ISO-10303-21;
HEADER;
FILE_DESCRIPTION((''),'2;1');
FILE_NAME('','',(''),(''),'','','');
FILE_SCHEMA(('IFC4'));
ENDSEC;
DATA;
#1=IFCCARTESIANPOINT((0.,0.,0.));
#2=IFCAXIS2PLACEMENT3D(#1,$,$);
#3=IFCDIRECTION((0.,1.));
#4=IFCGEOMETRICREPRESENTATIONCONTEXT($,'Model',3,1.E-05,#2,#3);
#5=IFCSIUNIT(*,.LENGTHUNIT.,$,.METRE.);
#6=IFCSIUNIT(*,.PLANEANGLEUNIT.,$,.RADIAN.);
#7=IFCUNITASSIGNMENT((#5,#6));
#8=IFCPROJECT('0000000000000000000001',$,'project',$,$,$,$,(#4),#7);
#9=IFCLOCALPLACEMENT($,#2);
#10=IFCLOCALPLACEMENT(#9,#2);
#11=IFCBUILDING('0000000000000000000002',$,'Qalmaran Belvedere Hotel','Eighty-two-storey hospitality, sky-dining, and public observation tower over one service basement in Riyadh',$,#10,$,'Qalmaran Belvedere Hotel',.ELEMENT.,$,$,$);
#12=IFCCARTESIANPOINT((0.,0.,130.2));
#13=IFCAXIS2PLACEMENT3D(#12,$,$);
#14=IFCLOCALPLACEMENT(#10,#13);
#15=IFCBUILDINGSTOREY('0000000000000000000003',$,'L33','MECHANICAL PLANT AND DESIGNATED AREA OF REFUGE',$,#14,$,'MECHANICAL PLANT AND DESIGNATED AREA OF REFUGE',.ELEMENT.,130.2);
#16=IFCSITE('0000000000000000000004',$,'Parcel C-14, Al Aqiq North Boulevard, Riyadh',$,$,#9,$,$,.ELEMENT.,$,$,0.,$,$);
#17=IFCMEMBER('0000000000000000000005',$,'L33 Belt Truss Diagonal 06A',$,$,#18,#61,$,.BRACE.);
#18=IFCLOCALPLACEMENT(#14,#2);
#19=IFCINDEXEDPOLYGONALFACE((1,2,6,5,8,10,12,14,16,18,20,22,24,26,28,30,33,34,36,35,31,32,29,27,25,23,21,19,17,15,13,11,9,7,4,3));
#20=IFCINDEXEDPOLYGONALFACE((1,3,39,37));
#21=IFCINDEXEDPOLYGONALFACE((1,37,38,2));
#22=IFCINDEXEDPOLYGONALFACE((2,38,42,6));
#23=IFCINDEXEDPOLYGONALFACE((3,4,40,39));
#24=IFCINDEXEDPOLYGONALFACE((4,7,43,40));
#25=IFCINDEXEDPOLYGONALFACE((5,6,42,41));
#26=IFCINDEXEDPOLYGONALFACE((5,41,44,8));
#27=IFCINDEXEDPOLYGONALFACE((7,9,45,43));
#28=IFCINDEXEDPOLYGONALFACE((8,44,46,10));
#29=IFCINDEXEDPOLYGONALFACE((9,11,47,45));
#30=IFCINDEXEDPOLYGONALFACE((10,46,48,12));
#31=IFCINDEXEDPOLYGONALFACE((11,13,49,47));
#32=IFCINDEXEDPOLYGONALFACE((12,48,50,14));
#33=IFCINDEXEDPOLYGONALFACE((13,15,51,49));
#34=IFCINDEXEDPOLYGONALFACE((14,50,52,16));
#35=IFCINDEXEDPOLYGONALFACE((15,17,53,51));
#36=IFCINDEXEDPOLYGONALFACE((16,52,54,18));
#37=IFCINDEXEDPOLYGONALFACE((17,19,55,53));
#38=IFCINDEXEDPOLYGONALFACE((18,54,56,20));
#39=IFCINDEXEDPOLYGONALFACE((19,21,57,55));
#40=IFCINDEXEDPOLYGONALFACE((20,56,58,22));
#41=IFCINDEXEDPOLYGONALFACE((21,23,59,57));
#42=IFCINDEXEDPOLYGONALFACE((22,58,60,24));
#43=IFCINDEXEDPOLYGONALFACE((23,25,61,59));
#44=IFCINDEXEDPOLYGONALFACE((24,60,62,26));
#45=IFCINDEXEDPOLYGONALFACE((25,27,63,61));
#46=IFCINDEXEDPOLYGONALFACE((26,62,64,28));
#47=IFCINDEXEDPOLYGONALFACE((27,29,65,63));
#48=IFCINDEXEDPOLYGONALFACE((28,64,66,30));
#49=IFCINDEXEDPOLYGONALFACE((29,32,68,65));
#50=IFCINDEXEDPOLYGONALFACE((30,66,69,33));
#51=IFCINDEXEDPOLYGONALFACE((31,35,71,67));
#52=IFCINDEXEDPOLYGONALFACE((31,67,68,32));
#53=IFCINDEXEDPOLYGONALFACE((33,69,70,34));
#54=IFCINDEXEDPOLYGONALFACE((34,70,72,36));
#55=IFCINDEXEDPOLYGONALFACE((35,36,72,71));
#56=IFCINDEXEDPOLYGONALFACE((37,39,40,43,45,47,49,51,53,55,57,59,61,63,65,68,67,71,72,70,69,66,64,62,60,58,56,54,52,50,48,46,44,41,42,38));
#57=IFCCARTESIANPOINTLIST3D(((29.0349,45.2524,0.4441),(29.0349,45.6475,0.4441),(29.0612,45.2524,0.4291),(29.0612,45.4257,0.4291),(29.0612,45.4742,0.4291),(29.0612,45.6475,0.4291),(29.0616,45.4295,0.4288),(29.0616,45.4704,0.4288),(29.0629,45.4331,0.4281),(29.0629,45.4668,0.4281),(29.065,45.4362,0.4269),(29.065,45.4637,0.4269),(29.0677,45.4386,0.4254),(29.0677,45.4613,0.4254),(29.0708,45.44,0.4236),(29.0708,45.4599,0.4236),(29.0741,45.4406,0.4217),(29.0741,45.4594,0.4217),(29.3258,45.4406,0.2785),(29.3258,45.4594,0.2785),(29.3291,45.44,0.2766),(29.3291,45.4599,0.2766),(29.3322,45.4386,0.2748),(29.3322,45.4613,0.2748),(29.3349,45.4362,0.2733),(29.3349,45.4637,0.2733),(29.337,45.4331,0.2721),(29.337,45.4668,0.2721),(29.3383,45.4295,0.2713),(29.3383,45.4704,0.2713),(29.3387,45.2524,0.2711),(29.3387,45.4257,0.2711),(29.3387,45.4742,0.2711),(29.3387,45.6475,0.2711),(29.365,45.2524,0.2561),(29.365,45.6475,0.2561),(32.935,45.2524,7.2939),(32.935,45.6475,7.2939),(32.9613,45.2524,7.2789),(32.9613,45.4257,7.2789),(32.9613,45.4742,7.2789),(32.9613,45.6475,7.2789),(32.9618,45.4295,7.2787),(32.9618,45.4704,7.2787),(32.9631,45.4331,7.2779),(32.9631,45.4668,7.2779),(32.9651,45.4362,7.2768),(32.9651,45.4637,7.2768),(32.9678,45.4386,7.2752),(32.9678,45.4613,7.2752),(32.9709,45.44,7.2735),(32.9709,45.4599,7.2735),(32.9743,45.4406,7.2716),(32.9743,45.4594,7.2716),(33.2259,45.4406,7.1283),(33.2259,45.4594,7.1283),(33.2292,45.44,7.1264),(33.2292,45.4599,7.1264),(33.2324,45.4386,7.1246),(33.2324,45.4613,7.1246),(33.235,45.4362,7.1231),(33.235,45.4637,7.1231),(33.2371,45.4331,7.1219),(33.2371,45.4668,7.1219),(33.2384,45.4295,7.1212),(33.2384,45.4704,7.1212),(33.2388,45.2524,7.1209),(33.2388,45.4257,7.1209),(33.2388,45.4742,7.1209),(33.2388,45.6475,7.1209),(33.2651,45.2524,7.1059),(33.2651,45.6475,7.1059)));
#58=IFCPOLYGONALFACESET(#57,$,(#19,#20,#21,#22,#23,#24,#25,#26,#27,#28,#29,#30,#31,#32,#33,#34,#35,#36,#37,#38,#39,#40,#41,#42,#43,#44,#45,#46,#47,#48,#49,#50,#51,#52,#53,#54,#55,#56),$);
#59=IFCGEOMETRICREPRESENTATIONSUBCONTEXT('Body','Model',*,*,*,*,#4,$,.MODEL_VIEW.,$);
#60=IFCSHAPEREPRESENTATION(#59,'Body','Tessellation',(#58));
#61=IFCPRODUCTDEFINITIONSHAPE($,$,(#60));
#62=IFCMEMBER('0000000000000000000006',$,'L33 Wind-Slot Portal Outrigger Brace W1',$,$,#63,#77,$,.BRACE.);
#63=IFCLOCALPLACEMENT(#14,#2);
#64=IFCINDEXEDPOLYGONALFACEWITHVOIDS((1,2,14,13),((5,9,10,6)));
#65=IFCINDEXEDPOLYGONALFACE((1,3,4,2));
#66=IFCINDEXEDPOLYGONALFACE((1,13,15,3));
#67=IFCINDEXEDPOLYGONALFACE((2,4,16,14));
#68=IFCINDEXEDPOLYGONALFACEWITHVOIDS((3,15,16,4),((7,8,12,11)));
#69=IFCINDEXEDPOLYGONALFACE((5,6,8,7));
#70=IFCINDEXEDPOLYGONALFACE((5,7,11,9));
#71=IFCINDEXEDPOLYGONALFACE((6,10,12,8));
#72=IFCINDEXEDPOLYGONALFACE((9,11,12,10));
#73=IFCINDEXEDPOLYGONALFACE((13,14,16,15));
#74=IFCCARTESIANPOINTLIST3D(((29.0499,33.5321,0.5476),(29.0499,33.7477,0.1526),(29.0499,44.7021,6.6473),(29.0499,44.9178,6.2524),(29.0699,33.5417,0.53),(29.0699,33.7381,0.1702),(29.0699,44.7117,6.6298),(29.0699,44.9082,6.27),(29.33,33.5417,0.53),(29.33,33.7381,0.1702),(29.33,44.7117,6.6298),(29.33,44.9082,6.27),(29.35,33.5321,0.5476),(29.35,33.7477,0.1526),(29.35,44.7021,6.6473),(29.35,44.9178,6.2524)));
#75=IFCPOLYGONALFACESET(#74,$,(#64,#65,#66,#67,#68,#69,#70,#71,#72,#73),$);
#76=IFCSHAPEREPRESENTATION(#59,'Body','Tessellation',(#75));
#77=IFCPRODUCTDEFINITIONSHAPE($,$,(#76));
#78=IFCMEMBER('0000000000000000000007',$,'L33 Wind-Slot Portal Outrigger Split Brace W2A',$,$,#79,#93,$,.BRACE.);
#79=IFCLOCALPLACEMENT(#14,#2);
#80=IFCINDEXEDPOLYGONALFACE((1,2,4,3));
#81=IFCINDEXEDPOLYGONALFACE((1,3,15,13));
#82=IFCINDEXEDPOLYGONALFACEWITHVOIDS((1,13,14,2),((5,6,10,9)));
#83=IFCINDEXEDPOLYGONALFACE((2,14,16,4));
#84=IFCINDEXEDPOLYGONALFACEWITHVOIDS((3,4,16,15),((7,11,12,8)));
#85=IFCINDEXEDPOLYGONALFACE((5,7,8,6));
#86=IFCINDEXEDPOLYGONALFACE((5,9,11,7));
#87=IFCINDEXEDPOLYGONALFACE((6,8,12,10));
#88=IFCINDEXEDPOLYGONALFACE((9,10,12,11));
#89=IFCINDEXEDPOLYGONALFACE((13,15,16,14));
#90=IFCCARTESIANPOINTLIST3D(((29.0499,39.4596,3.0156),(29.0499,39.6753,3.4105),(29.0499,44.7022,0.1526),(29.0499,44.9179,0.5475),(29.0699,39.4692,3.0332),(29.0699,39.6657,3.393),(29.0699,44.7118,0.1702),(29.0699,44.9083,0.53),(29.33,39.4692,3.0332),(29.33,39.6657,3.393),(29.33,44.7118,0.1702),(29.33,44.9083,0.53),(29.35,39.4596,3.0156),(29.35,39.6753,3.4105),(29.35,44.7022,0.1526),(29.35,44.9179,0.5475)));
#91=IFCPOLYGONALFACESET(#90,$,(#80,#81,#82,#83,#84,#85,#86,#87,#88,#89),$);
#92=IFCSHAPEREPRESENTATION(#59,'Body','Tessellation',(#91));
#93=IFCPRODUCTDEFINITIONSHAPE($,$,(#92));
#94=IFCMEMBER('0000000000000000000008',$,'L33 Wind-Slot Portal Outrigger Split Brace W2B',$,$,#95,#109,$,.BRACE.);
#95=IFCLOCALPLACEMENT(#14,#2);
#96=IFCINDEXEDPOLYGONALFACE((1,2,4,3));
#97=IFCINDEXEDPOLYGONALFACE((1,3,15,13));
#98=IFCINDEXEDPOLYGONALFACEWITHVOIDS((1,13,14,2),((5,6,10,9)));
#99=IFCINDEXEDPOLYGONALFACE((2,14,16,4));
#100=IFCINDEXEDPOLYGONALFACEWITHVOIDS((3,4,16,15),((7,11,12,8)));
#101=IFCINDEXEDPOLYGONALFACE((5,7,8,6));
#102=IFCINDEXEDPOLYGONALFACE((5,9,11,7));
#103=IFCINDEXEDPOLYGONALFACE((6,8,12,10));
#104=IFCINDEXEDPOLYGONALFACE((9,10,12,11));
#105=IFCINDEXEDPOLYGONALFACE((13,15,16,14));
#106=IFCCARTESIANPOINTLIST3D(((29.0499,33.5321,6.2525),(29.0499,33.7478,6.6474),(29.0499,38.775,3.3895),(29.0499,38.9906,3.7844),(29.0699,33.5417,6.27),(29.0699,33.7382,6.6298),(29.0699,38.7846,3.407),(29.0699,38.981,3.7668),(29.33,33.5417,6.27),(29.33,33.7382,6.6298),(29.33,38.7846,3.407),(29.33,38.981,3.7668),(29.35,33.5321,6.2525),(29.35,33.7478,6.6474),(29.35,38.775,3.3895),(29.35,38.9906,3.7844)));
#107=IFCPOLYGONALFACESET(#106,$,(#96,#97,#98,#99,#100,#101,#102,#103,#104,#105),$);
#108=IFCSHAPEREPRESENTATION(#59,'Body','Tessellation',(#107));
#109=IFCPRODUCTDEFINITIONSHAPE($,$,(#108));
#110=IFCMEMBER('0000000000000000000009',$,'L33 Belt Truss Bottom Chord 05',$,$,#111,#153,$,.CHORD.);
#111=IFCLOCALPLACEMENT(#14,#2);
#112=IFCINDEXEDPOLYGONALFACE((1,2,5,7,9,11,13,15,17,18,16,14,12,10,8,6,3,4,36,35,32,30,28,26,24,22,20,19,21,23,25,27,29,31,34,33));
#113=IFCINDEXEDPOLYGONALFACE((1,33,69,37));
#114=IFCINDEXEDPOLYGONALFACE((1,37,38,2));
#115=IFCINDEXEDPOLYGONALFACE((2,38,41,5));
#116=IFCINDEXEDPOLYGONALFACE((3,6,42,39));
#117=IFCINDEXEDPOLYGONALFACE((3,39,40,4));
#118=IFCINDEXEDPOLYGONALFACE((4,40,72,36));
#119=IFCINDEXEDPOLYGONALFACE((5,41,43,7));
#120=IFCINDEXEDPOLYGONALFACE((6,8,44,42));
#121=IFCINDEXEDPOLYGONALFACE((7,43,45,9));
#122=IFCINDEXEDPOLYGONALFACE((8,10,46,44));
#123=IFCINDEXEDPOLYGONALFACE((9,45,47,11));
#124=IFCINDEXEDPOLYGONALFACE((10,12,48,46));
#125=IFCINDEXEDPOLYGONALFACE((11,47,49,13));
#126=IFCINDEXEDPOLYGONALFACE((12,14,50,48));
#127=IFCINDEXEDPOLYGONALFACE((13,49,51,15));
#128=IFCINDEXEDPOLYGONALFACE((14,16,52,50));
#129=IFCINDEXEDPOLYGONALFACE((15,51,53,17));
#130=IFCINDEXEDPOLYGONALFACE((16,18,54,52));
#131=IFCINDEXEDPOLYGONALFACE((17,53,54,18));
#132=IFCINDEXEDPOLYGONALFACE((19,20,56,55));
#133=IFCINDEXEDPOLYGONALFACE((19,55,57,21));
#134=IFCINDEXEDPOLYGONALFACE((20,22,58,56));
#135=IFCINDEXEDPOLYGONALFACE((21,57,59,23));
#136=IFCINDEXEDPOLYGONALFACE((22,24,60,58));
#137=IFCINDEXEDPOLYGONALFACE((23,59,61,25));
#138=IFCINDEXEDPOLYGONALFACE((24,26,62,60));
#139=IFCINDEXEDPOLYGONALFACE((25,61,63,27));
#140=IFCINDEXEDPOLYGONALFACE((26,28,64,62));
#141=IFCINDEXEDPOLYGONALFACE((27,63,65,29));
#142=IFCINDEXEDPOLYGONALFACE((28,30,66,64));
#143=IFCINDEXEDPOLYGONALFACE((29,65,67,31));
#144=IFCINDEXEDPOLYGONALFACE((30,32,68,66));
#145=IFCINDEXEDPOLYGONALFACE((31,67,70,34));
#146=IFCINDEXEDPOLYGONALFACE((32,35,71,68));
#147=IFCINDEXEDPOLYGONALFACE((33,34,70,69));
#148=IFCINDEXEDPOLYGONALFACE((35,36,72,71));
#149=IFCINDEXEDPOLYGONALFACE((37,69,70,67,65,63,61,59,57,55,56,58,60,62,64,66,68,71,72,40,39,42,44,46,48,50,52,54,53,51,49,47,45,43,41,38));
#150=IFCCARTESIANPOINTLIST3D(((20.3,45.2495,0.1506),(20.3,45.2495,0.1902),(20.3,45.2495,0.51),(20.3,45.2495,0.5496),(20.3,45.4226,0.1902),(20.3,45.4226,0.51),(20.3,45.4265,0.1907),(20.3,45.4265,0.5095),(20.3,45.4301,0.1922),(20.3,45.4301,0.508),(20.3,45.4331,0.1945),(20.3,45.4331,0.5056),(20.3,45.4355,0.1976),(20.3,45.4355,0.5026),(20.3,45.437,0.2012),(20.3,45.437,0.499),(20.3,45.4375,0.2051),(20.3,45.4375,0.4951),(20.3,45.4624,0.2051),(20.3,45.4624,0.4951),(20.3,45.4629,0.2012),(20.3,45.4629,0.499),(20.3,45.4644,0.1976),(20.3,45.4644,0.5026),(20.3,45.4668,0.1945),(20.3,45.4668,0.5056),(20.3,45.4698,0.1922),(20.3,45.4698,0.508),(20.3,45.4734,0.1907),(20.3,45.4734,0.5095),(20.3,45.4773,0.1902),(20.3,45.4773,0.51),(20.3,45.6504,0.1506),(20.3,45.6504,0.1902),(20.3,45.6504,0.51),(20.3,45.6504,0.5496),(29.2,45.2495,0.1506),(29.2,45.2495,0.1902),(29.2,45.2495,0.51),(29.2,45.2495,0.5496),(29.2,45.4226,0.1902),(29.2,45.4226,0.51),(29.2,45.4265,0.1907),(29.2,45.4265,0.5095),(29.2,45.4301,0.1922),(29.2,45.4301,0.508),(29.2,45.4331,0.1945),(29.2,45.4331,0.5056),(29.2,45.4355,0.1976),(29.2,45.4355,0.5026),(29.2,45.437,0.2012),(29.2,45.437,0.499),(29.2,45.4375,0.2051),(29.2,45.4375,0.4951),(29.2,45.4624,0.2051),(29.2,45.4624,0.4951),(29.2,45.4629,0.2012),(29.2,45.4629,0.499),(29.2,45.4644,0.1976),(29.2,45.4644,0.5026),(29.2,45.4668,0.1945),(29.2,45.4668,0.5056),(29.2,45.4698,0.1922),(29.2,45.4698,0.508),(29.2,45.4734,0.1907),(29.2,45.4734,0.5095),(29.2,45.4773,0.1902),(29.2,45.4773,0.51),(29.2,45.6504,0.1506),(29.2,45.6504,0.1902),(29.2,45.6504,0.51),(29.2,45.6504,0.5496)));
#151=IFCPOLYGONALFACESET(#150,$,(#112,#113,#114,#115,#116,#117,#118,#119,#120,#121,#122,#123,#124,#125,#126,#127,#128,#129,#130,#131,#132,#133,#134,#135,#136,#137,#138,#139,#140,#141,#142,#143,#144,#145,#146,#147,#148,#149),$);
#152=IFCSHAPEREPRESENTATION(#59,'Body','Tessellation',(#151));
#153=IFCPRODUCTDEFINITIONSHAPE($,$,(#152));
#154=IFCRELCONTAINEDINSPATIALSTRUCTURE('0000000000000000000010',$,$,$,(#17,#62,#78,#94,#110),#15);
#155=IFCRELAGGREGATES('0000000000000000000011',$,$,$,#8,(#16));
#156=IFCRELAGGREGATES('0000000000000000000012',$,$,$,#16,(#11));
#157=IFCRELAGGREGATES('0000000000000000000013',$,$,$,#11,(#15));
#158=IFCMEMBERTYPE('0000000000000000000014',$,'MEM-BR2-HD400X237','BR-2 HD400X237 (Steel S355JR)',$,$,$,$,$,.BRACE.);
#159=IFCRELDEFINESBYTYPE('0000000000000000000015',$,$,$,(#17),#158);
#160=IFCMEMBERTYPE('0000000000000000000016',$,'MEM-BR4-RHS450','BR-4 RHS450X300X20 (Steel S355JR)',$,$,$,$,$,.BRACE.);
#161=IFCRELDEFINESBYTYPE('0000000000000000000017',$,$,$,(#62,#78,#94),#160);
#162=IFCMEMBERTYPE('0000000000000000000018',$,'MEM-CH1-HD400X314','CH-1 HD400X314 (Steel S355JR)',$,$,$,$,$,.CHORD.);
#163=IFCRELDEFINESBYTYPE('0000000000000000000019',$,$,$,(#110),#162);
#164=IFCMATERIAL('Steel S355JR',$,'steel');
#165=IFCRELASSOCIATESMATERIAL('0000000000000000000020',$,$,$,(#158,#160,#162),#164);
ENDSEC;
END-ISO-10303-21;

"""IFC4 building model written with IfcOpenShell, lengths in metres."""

from ifc_helpers import new_model, si_unit, direction, frame, origin, origin_2d, place, context, subcontext, project, spatial, hollow_rectangle, i_section, extrude, material, material_profile, profile_set, type_object, element, save


model = new_model("IFC4")

# Units and contexts
model_context = context("Model", 3, precision=1e-05, world=origin(), true_north=direction((0.0, 1.0)))
body_context = subcontext(model_context, "Body", "Model", "MODEL_VIEW")
ifc_project = project(units=[si_unit("LENGTHUNIT", "METRE"), si_unit("PLANEANGLEUNIT", "RADIAN")], contexts=[model_context])

# Site, building, storey
site_placement = place(None, origin())
site = spatial("IfcSite", under=ifc_project, at=site_placement, Name="Parcel C-14, Al Aqiq North Boulevard, Riyadh", CompositionType="ELEMENT", RefElevation=0.0)
building_placement = place(site_placement, origin())
building = spatial("IfcBuilding", under=site, at=building_placement, Name="Qalmaran Belvedere Hotel", Description="Eighty-two-storey hospitality, sky-dining, and public observation tower over one service basement in Riyadh", LongName="Qalmaran Belvedere Hotel", CompositionType="ELEMENT")
storey_placement = place(building_placement, frame((0.0, 0.0, 130.2)))
storey = spatial("IfcBuildingStorey", under=building, at=storey_placement, Name="L33", Description="MECHANICAL PLANT AND DESIGNATED AREA OF REFUGE", LongName="MECHANICAL PLANT AND DESIGNATED AREA OF REFUGE", CompositionType="ELEMENT", Elevation=130.2)

# Shared definitions
ifc_material_1 = material(Name="Steel S355JR", Category="steel")

# Members
ifc_material_profile_1 = material_profile(ifc_material_1, i_section(OverallWidth=0.395, OverallDepth=0.3799, WebThickness=0.0188, FlangeThickness=0.0303, FilletRadius=0.0149, at=origin_2d()), Name="HD400X237")
ifc_profile_set_1 = profile_set([ifc_material_profile_1], Name="Steel S355JR")
member_type_1 = type_object("IfcMemberType", Name="MEM-BR2-HD400X237", Description="BR-2 HD400X237 (Steel S355JR)", PredefinedType="BRACE", material=ifc_profile_set_1)
member_1_placement = place(storey_placement, frame((29.2, 45.45, 0.3501), z_axis=(0.494794, 0.0, 0.86901), x_axis=(0.0, 1.0, 0.0)))
element("IfcMember", 1, at=member_1_placement, inside=storey, type_object=member_type_1, Name="L33 Belt Truss Diagonal 06A", PredefinedType="BRACE", context=body_context, shape_type="SweptSolid", body=[
    extrude(i_section(OverallWidth=0.395, OverallDepth=0.3799, WebThickness=0.0188, FlangeThickness=0.0303, FilletRadius=0.0149, at=origin_2d()), origin(), (0.0, 0.0, 1.0), 7.8823),
])
ifc_material_profile_2 = material_profile(ifc_material_1, hollow_rectangle(XDim=0.3, YDim=0.45, WallThickness=0.02, at=origin_2d()), Name="RHS450X300X20")
ifc_profile_set_2 = profile_set([ifc_material_profile_2], Name="Steel S355JR")
member_type_2 = type_object("IfcMemberType", Name="MEM-BR4-RHS450", Description="BR-4 RHS450X300X20 (Steel S355JR)", PredefinedType="BRACE", material=ifc_profile_set_2)
member_2_placement = place(storey_placement, frame((29.2, 33.6399, 0.3501), z_axis=(0.0, 0.877663, 0.479278), x_axis=(-1.0, 0.0, 0.0)))
element("IfcMember", 2, at=member_2_placement, inside=storey, type_object=member_type_2, Name="L33 Wind-Slot Portal Outrigger Brace W1", PredefinedType="BRACE", context=body_context, shape_type="SweptSolid", body=[
    extrude(hollow_rectangle(XDim=0.3, YDim=0.45, WallThickness=0.02, at=origin_2d()), origin(), (0.0, 0.0, 1.0), 12.7271),
])
member_3_placement = place(storey_placement, frame((29.2, 44.8101, 0.3501), z_axis=(0.0, -0.877656, 0.47929), x_axis=(1.0, 0.0, 0.0)))
element("IfcMember", 3, at=member_3_placement, inside=storey, type_object=member_type_2, Name="L33 Wind-Slot Portal Outrigger Split Brace W2A", PredefinedType="BRACE", context=body_context, shape_type="SweptSolid", body=[
    extrude(hollow_rectangle(XDim=0.3, YDim=0.45, WallThickness=0.02, at=origin_2d()), origin(), (0.0, 0.0, 1.0), 5.9734),
])
member_4_placement = place(storey_placement, frame((29.2, 38.8828, 3.5869), z_axis=(0.0, -0.877666, 0.479273), x_axis=(1.0, 0.0, 0.0)))
element("IfcMember", 4, at=member_4_placement, inside=storey, type_object=member_type_2, Name="L33 Wind-Slot Portal Outrigger Split Brace W2B", PredefinedType="BRACE", context=body_context, shape_type="SweptSolid", body=[
    extrude(hollow_rectangle(XDim=0.3, YDim=0.45, WallThickness=0.02, at=origin_2d()), origin(), (0.0, 0.0, 1.0), 5.9736),
])
ifc_material_profile_3 = material_profile(ifc_material_1, i_section(OverallWidth=0.4009, OverallDepth=0.3989, WebThickness=0.0249, FlangeThickness=0.0396, FilletRadius=0.0149, at=origin_2d()), Name="HD400X314")
ifc_profile_set_3 = profile_set([ifc_material_profile_3], Name="Steel S355JR")
member_type_3 = type_object("IfcMemberType", Name="MEM-CH1-HD400X314", Description="CH-1 HD400X314 (Steel S355JR)", PredefinedType="CHORD", material=ifc_profile_set_3)
member_5_placement = place(storey_placement, frame((20.3, 45.45, 0.3501), z_axis=(1.0, 0.0, 0.0), x_axis=(0.0, 1.0, 0.0)))
element("IfcMember", 5, at=member_5_placement, inside=storey, type_object=member_type_3, Name="L33 Belt Truss Bottom Chord 05", PredefinedType="CHORD", context=body_context, shape_type="SweptSolid", body=[
    extrude(i_section(OverallWidth=0.4009, OverallDepth=0.3989, WebThickness=0.0249, FlangeThickness=0.0396, FilletRadius=0.0149, at=origin_2d()), origin(), (0.0, 0.0, 1.0), 8.8999),
])

save(model, "model.ifc")
